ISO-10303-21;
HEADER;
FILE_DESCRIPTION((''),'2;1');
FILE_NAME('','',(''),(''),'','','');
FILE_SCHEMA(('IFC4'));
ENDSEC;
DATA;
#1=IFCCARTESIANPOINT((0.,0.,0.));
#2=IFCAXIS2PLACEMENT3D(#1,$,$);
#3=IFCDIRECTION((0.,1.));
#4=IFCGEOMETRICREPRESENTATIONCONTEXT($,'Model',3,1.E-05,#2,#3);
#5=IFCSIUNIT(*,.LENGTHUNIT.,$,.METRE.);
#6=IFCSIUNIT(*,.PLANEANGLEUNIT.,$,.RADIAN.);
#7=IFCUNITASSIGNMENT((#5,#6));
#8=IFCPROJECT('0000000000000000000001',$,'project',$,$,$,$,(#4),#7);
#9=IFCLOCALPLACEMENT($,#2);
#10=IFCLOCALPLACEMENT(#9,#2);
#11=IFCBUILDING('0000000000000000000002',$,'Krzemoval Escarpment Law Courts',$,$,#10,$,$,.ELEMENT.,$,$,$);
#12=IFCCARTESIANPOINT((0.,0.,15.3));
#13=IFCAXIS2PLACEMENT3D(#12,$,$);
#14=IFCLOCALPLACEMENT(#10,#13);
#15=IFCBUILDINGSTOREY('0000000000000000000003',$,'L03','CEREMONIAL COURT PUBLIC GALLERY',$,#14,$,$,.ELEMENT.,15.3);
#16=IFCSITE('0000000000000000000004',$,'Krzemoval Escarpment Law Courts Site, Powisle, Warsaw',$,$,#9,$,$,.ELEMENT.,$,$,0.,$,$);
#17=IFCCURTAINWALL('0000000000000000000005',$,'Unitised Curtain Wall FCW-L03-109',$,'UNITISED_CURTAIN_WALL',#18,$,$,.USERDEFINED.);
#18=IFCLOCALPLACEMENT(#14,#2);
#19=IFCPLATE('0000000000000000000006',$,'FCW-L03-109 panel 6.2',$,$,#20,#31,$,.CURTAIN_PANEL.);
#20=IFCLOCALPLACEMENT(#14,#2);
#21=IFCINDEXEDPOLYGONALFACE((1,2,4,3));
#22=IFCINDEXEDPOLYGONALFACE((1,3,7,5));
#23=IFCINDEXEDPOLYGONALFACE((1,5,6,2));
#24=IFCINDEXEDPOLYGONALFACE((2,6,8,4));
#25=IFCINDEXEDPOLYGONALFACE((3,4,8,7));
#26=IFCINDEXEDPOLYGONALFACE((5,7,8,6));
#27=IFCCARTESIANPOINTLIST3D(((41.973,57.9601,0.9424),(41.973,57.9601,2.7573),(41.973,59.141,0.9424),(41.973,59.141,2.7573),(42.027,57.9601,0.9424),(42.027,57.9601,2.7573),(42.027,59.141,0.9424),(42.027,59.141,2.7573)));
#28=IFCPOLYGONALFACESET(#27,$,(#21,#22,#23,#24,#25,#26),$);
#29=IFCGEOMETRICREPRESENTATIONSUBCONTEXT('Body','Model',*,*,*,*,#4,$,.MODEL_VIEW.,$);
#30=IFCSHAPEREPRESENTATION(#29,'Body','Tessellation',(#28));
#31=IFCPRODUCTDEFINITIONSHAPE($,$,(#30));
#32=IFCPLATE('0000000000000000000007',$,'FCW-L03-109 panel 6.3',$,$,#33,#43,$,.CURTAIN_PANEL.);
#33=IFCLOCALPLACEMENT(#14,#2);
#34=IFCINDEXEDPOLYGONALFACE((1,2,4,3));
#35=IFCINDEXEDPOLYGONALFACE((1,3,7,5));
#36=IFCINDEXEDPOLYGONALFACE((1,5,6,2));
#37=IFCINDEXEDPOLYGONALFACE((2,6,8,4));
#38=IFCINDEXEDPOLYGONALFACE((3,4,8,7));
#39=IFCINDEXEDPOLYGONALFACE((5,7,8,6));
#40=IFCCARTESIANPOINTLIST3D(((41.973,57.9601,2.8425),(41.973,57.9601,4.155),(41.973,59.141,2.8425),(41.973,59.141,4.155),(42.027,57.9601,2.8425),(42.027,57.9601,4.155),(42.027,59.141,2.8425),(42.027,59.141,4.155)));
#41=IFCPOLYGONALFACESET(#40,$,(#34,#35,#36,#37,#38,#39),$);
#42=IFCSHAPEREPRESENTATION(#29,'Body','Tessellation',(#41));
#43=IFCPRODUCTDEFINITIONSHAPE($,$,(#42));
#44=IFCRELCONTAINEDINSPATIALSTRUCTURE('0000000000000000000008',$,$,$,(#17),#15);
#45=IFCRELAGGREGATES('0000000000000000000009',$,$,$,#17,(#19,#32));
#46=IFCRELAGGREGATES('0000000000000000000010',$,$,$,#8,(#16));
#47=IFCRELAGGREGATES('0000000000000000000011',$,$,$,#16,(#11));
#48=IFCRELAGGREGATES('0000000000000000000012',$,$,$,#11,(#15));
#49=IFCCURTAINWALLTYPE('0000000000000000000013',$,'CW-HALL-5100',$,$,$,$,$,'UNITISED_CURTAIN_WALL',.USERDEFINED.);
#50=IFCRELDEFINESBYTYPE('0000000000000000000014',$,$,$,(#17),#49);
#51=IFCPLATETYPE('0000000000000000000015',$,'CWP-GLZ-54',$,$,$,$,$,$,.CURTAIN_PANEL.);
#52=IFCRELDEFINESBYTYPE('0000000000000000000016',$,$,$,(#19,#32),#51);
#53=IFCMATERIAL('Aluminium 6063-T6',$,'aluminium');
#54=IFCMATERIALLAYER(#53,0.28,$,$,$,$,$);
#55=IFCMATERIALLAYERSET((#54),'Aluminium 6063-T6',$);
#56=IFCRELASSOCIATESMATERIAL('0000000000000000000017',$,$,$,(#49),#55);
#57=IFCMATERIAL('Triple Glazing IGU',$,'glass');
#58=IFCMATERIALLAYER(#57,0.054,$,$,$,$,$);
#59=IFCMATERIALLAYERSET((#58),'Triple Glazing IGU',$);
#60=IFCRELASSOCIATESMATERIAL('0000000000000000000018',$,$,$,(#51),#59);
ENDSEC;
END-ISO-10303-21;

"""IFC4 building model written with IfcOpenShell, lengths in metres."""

from ifc_helpers import new_model, si_unit, direction, frame, origin, origin_2d, place, context, subcontext, project, spatial, rectangle, extrude, material, layer, layer_set, type_object, element, aggregate, save


model = new_model("IFC4")

# Units and contexts
model_context = context("Model", 3, precision=1e-05, world=origin(), true_north=direction((0.0, 1.0)))
body_context = subcontext(model_context, "Body", "Model", "MODEL_VIEW")
ifc_project = project(units=[si_unit("LENGTHUNIT", "METRE"), si_unit("PLANEANGLEUNIT", "RADIAN")], contexts=[model_context])

# Site, building, storey
site_placement = place(None, origin())
site = spatial("IfcSite", under=ifc_project, at=site_placement, Name="Krzemoval Escarpment Law Courts Site, Powisle, Warsaw", CompositionType="ELEMENT", RefElevation=0.0)
building_placement = place(site_placement, origin())
building = spatial("IfcBuilding", under=site, at=building_placement, Name="Krzemoval Escarpment Law Courts", CompositionType="ELEMENT")
storey_placement = place(building_placement, frame((0.0, 0.0, 15.3)))
storey = spatial("IfcBuildingStorey", under=building, at=storey_placement, Name="L03", Description="CEREMONIAL COURT PUBLIC GALLERY", CompositionType="ELEMENT", Elevation=15.3)

# Curtain wall
ifc_material_1 = material(Name="Aluminium 6063-T6", Category="aluminium")
ifc_layer_1 = layer(ifc_material_1, 0.28)
ifc_layer_set_1 = layer_set([ifc_layer_1], Name="Aluminium 6063-T6")
curtain_wall_type = type_object("IfcCurtainWallType", Name="CW-HALL-5100", ElementType="UNITISED_CURTAIN_WALL", PredefinedType="USERDEFINED", material=ifc_layer_set_1)
curtain_wall_1_placement = place(storey_placement, origin())
curtain_wall_1 = element("IfcCurtainWall", 1, at=curtain_wall_1_placement, inside=storey, type_object=curtain_wall_type, Name="Unitised Curtain Wall FCW-L03-109", ObjectType="UNITISED_CURTAIN_WALL", PredefinedType="USERDEFINED")

# Plates
ifc_material_2 = material(Name="Triple Glazing IGU", Category="glass")
ifc_layer_2 = layer(ifc_material_2, 0.054)
ifc_layer_set_2 = layer_set([ifc_layer_2], Name="Triple Glazing IGU")
plate_type = type_object("IfcPlateType", Name="CWP-GLZ-54", PredefinedType="CURTAIN_PANEL", material=ifc_layer_set_2)
plate_1_placement = place(storey_placement, frame((42.0, 58.5505, 0.9424), z_axis=(0.0, 0.0, 1.0), x_axis=(0.0, -1.0, 0.0)))
plate_1 = element("IfcPlate", 2, at=plate_1_placement, type_object=plate_type, Name="FCW-L03-109 panel 6.2", PredefinedType="CURTAIN_PANEL", context=body_context, shape_type="SweptSolid", body=[
    extrude(rectangle(XDim=1.1809, YDim=0.054, at=origin_2d()), origin(), (0.0, 0.0, 1.0), 1.8149),
])
plate_2_placement = place(storey_placement, frame((42.0, 58.5505, 2.8425), z_axis=(0.0, 0.0, 1.0), x_axis=(0.0, -1.0, 0.0)))
plate_2 = element("IfcPlate", 3, at=plate_2_placement, type_object=plate_type, Name="FCW-L03-109 panel 6.3", PredefinedType="CURTAIN_PANEL", context=body_context, shape_type="SweptSolid", body=[
    extrude(rectangle(XDim=1.1809, YDim=0.054, at=origin_2d()), origin(), (0.0, 0.0, 1.0), 1.3125),
])
aggregate(curtain_wall_1, [plate_1, plate_2])

save(model, "model.ifc")
